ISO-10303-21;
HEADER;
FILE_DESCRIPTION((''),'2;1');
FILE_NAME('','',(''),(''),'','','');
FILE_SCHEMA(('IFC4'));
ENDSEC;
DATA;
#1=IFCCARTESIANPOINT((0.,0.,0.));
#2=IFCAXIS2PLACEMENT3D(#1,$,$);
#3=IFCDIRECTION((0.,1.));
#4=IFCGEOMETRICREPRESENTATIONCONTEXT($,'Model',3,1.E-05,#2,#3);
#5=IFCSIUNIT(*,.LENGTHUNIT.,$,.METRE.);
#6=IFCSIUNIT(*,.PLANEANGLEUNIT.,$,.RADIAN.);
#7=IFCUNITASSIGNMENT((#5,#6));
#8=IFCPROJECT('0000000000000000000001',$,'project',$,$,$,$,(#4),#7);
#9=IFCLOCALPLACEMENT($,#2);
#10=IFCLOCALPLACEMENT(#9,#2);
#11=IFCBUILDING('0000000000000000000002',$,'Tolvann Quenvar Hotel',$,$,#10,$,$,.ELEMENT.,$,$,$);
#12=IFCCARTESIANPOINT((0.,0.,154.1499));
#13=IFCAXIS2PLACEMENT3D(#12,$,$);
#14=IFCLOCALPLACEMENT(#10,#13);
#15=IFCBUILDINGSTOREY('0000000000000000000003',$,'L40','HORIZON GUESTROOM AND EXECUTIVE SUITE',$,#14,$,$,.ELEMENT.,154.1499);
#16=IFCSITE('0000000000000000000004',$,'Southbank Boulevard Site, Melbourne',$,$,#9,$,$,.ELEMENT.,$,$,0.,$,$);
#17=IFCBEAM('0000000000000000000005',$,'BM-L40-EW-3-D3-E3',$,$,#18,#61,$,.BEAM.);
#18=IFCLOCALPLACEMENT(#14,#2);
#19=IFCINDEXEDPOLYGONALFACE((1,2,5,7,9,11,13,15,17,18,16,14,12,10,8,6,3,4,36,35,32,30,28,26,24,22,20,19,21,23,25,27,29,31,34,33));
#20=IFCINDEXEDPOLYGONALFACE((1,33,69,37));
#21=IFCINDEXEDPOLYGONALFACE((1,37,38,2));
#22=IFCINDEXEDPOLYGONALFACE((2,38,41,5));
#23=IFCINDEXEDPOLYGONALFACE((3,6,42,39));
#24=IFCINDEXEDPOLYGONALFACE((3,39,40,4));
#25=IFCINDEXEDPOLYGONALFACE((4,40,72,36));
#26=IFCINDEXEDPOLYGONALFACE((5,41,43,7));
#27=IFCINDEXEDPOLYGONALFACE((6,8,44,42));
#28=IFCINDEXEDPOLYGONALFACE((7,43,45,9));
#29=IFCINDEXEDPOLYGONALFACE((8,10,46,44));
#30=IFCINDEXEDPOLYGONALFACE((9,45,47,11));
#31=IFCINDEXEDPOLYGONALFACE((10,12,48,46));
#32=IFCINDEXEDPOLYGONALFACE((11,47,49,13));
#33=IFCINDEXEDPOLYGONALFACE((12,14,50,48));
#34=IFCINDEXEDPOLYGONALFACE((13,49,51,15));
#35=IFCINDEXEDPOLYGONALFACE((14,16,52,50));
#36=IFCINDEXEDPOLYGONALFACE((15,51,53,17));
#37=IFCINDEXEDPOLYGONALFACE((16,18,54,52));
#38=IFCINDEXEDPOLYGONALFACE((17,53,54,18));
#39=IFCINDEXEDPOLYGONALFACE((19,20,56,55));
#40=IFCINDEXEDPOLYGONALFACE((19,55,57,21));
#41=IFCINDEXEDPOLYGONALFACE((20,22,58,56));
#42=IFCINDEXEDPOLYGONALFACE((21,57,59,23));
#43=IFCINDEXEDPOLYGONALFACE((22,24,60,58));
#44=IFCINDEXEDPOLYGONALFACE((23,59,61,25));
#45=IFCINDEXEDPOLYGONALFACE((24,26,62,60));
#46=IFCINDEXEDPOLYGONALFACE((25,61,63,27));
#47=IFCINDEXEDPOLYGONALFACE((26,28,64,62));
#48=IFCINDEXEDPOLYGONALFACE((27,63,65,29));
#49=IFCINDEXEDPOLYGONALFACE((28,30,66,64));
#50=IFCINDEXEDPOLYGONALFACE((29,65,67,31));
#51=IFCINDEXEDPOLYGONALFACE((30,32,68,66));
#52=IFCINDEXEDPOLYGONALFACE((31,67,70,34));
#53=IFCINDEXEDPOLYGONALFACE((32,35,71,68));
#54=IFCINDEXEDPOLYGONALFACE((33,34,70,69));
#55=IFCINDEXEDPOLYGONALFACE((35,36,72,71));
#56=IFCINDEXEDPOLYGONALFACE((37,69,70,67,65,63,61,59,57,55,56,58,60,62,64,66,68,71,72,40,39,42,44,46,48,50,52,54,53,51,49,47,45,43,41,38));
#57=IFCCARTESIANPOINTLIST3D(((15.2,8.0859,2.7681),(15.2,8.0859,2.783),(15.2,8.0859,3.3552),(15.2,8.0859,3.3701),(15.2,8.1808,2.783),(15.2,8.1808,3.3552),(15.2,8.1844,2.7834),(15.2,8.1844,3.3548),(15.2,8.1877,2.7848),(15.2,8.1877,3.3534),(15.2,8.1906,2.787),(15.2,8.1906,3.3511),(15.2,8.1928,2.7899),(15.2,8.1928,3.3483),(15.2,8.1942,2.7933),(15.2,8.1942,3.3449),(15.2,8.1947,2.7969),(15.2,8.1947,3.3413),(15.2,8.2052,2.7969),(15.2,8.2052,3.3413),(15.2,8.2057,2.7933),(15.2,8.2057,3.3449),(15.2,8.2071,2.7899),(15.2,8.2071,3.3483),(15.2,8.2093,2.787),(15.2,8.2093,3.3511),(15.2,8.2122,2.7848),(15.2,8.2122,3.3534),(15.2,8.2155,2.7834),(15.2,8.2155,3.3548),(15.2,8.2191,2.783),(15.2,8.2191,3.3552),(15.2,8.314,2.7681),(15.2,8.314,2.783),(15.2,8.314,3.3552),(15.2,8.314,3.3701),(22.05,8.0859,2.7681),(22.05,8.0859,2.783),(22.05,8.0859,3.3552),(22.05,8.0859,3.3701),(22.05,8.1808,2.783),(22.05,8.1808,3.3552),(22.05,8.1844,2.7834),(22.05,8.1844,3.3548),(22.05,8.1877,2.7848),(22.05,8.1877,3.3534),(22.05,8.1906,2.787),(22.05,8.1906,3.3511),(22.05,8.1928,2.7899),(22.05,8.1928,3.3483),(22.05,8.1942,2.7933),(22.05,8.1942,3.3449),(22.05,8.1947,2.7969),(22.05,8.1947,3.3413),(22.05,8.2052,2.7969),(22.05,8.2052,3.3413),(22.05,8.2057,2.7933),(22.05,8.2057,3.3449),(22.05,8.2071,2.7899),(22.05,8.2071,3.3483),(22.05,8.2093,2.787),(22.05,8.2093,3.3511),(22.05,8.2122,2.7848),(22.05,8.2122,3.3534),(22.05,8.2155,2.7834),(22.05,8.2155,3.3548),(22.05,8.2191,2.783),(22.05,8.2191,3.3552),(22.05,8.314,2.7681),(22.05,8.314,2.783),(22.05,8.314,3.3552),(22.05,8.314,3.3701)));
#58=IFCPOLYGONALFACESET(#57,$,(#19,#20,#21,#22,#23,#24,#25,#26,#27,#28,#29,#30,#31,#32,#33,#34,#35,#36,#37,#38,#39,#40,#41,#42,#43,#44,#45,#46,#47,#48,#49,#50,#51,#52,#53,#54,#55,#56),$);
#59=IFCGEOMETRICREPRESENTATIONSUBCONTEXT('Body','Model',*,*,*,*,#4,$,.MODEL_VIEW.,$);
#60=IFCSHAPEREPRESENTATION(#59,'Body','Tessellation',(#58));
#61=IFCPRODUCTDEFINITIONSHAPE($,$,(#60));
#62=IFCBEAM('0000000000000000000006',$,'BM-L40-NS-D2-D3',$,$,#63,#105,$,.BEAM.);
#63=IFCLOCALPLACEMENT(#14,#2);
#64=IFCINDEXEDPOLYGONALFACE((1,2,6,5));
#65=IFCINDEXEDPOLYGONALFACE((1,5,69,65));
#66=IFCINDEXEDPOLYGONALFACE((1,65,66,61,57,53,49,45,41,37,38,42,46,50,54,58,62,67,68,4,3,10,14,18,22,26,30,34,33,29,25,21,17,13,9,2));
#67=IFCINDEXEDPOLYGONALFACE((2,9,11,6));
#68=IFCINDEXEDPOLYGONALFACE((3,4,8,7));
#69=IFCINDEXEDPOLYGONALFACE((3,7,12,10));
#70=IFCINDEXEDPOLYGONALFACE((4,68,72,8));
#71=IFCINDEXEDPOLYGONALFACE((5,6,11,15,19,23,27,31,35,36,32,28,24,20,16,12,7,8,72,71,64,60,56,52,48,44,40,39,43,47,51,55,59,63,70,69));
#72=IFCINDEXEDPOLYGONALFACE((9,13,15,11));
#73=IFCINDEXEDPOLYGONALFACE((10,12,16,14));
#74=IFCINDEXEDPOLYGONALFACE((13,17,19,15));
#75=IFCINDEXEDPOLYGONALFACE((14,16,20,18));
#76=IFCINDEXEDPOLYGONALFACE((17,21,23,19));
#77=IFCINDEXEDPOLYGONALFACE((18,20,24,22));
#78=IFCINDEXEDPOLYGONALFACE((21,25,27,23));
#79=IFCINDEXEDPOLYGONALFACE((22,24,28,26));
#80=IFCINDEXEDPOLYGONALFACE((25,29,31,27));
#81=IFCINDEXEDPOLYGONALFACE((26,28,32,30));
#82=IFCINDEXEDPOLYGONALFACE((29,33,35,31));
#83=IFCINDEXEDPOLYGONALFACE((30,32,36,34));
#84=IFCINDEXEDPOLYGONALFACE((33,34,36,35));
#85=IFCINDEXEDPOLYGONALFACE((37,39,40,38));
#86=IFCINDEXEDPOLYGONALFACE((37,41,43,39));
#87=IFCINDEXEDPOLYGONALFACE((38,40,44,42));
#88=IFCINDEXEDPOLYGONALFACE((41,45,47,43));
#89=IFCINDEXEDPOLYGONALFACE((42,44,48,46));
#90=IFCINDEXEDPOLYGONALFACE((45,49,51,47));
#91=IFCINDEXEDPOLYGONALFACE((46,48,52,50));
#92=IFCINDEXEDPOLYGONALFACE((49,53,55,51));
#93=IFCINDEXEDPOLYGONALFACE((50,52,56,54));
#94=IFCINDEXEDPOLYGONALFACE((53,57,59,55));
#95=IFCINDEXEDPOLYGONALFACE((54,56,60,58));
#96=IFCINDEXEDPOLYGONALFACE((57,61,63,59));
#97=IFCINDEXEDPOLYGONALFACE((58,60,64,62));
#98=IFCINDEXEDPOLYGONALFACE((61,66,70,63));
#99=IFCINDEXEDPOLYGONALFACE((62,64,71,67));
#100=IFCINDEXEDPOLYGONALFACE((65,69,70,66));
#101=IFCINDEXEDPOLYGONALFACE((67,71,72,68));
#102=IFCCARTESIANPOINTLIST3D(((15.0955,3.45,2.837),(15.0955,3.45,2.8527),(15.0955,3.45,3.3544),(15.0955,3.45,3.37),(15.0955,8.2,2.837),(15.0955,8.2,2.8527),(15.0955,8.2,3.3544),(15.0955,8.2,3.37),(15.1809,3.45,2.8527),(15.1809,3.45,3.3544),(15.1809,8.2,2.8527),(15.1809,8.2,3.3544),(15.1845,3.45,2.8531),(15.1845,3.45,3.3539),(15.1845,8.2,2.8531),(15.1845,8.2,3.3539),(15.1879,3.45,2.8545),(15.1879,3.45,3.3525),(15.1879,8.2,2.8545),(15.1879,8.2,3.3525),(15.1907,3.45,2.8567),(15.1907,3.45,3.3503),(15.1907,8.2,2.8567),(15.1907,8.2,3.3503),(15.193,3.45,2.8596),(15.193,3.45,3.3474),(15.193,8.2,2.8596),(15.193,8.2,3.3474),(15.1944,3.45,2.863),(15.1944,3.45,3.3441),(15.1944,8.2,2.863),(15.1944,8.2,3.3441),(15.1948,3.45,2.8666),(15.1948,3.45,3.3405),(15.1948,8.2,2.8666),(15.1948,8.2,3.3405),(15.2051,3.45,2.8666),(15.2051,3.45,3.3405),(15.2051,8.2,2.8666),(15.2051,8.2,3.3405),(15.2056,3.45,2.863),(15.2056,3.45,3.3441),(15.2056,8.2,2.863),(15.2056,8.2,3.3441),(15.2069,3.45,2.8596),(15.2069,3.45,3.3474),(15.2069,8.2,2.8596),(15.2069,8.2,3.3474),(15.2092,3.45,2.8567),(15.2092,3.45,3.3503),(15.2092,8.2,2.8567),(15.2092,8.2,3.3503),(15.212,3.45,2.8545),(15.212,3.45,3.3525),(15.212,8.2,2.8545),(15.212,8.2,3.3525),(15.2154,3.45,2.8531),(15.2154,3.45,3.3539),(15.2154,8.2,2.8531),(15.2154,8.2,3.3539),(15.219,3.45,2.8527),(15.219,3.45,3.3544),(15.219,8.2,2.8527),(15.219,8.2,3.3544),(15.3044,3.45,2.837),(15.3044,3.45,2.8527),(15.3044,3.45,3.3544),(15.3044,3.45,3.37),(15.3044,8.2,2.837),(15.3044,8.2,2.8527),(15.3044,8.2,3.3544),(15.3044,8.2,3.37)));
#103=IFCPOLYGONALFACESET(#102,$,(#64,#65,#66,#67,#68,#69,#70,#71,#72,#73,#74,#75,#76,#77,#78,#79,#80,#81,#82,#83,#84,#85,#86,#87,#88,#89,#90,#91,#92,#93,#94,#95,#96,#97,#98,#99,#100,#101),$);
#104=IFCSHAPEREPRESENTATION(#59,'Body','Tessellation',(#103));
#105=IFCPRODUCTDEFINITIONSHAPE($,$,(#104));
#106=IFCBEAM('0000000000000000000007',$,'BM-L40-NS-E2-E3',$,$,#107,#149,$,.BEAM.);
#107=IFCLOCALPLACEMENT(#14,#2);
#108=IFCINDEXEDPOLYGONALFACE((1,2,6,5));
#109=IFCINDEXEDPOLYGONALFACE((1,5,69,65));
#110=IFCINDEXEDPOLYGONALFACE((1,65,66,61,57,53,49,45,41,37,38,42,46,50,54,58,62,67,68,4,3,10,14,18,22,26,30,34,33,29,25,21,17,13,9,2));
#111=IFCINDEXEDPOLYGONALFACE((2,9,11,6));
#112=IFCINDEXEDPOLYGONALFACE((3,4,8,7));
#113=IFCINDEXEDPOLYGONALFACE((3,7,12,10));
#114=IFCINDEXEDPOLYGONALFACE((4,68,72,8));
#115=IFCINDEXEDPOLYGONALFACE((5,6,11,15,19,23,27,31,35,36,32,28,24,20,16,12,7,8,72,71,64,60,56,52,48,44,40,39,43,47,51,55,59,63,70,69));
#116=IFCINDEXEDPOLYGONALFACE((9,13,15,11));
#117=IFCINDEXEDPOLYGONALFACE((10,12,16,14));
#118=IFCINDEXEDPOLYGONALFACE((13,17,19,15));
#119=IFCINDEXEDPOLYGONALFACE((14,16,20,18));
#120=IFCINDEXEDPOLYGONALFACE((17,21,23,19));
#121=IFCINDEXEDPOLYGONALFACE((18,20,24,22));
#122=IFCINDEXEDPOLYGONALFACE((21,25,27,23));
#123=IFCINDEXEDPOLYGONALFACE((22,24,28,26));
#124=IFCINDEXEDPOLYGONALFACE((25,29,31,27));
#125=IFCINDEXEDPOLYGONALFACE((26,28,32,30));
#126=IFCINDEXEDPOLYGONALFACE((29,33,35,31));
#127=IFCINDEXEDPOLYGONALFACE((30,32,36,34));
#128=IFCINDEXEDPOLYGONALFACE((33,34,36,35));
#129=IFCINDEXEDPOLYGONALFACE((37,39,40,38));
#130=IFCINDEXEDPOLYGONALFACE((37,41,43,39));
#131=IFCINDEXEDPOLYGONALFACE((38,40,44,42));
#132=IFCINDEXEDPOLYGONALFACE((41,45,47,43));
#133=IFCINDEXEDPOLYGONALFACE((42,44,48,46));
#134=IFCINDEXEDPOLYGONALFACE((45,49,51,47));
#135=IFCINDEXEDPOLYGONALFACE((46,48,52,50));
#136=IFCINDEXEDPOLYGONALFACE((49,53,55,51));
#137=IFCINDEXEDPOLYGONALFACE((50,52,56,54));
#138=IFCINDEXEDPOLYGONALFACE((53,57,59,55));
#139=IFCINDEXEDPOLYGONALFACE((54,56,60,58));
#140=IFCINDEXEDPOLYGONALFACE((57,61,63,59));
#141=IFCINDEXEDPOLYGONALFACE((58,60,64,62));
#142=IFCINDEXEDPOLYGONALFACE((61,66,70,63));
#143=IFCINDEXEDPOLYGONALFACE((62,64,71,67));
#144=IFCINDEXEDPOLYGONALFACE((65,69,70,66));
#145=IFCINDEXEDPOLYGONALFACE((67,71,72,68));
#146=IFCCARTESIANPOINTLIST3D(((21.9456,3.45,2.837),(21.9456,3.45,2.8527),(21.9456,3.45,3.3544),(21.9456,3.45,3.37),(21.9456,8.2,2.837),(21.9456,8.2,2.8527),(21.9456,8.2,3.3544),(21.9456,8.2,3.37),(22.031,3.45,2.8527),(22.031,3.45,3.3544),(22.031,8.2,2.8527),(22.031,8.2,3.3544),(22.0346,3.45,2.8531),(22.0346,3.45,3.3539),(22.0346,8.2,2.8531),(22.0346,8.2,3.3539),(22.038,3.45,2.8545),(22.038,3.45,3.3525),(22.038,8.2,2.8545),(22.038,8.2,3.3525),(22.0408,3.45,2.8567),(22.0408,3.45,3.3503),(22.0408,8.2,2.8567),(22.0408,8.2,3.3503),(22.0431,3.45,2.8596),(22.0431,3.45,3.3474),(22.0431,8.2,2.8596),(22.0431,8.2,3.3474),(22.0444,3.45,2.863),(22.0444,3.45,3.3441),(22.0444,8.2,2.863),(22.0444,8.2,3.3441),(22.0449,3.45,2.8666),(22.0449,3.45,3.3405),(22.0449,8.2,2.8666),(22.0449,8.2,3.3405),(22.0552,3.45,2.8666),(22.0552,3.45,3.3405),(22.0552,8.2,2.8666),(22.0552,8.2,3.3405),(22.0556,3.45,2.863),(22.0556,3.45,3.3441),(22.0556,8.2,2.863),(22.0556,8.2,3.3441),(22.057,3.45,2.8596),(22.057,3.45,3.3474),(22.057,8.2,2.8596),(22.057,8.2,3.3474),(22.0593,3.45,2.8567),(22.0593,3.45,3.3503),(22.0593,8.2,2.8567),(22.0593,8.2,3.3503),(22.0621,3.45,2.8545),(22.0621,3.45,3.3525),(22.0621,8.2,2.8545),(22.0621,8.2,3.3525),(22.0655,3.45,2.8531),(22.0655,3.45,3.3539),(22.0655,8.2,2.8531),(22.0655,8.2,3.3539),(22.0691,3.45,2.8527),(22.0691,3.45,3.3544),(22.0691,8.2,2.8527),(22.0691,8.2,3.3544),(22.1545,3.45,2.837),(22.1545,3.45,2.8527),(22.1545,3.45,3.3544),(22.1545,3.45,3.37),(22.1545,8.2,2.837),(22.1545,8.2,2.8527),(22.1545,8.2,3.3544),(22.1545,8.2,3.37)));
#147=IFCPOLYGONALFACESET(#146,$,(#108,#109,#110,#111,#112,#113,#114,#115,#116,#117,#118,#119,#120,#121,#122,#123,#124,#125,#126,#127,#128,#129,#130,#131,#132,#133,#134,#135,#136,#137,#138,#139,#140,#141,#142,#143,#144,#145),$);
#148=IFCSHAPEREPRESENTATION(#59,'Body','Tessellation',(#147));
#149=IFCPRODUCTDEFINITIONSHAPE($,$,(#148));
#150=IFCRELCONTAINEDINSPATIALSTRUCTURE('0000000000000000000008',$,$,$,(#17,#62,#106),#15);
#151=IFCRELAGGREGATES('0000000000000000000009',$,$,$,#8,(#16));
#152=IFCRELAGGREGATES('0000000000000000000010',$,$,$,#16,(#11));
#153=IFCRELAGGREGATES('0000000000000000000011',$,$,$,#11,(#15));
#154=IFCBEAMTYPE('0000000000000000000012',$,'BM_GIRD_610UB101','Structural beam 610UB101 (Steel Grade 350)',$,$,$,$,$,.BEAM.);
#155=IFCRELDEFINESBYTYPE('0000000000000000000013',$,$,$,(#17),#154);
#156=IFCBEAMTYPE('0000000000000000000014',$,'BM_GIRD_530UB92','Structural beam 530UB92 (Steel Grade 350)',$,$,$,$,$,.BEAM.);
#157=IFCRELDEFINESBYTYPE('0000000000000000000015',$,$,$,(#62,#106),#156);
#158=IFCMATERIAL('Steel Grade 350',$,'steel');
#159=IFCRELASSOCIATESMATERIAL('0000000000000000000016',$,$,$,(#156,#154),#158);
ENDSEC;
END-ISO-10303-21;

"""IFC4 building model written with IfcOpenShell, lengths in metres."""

from ifc_helpers import new_model, si_unit, direction, frame, origin, origin_2d, place, context, subcontext, project, spatial, i_section, extrude, source, transform, mapped, material, material_profile, profile_set, type_object, type_shapes, element, save


model = new_model("IFC4")

# Units and contexts
model_context = context("Model", 3, precision=1e-05, world=origin(), true_north=direction((0.0, 1.0)))
body_context = subcontext(model_context, "Body", "Model", "MODEL_VIEW")
ifc_project = project(units=[si_unit("LENGTHUNIT", "METRE"), si_unit("PLANEANGLEUNIT", "RADIAN")], contexts=[model_context])

# Site, building, storey
site_placement = place(None, origin())
site = spatial("IfcSite", under=ifc_project, at=site_placement, Name="Southbank Boulevard Site, Melbourne", CompositionType="ELEMENT", RefElevation=0.0)
building_placement = place(site_placement, origin())
building = spatial("IfcBuilding", under=site, at=building_placement, Name="Tolvann Quenvar Hotel", CompositionType="ELEMENT")
storey_placement = place(building_placement, frame((0.0, 0.0, 154.1499)))
storey = spatial("IfcBuildingStorey", under=building, at=storey_placement, Name="L40", Description="HORIZON GUESTROOM AND EXECUTIVE SUITE", CompositionType="ELEMENT", Elevation=154.1499)

# Shared definitions
ifc_material_1 = material(Name="Steel Grade 350", Category="steel")

# Beams
ifc_material_profile_1 = material_profile(ifc_material_1, i_section(OverallWidth=0.209, OverallDepth=0.533, WebThickness=0.0103, FlangeThickness=0.0156, FilletRadius=0.0139, at=origin_2d()), Name="530UB92")
ifc_profile_set_1 = profile_set([ifc_material_profile_1], Name="Steel Grade 350")
beam_type_1 = type_object("IfcBeamType", Name="BM_GIRD_530UB92", Description="Structural beam 530UB92 (Steel Grade 350)", PredefinedType="BEAM", material=ifc_profile_set_1)
ifc_material_profile_2 = material_profile(ifc_material_1, i_section(OverallWidth=0.228, OverallDepth=0.6021, WebThickness=0.0105, FlangeThickness=0.0149, FilletRadius=0.0139, at=origin_2d()), Name="610UB101")
ifc_profile_set_2 = profile_set([ifc_material_profile_2], Name="Steel Grade 350")
beam_type_2 = type_object("IfcBeamType", Name="BM_GIRD_610UB101", Description="Structural beam 610UB101 (Steel Grade 350)", PredefinedType="BEAM", material=ifc_profile_set_2)
shared_shape_1 = source(origin(), body_context, "Body", "SweptSolid", [
    extrude(i_section(OverallWidth=0.228, OverallDepth=0.6021, WebThickness=0.0105, FlangeThickness=0.0149, FilletRadius=0.0139, at=origin_2d()), origin(), (0.0, 0.0, 1.0), 6.8501),
])
type_shapes(beam_type_2, [shared_shape_1])
beam_1_placement = place(storey_placement, frame((15.2, 8.2, 3.0691), z_axis=(1.0, 0.0, 0.0), x_axis=(0.0, 1.0, 0.0)))
element("IfcBeam", 1, at=beam_1_placement, inside=storey, type_object=beam_type_2, Name="BM-L40-EW-3-D3-E3", PredefinedType="BEAM", context=body_context, shape_type="MappedRepresentation", body=[
    mapped(shared_shape_1, transform((0.0, 0.0, 0.0), x_axis=(1.0, 0.0, 0.0), y_axis=(0.0, 1.0, 0.0), z_axis=(0.0, 0.0, 1.0), scale=1.0)),
])
shared_shape_2 = source(origin(), body_context, "Body", "SweptSolid", [
    extrude(i_section(OverallWidth=0.209, OverallDepth=0.533, WebThickness=0.0103, FlangeThickness=0.0156, FilletRadius=0.0139, at=origin_2d()), origin(), (0.0, 0.0, 1.0), 4.75),
])
for number, where, z_axis, x_axis, name in (
    (2, (15.2, 3.45, 3.1035), (0.0, 1.0, 0.0), (-1.0, 0.0, 0.0), "BM-L40-NS-D2-D3"),
    (3, (22.05, 3.45, 3.1035), (0.0, 1.0, 0.0), (-1.0, 0.0, 0.0), "BM-L40-NS-E2-E3"),
):
    element("IfcBeam", number, at=place(storey_placement, frame(where, z_axis=z_axis, x_axis=x_axis)), inside=storey, type_object=beam_type_1, Name=name, PredefinedType="BEAM", context=body_context, shape_type="MappedRepresentation", body=[
        mapped(shared_shape_2, transform((0.0, 0.0, 0.0), x_axis=(1.0, 0.0, 0.0), y_axis=(0.0, 1.0, 0.0), z_axis=(0.0, 0.0, 1.0), scale=1.0)),
    ])

save(model, "model.ifc")
